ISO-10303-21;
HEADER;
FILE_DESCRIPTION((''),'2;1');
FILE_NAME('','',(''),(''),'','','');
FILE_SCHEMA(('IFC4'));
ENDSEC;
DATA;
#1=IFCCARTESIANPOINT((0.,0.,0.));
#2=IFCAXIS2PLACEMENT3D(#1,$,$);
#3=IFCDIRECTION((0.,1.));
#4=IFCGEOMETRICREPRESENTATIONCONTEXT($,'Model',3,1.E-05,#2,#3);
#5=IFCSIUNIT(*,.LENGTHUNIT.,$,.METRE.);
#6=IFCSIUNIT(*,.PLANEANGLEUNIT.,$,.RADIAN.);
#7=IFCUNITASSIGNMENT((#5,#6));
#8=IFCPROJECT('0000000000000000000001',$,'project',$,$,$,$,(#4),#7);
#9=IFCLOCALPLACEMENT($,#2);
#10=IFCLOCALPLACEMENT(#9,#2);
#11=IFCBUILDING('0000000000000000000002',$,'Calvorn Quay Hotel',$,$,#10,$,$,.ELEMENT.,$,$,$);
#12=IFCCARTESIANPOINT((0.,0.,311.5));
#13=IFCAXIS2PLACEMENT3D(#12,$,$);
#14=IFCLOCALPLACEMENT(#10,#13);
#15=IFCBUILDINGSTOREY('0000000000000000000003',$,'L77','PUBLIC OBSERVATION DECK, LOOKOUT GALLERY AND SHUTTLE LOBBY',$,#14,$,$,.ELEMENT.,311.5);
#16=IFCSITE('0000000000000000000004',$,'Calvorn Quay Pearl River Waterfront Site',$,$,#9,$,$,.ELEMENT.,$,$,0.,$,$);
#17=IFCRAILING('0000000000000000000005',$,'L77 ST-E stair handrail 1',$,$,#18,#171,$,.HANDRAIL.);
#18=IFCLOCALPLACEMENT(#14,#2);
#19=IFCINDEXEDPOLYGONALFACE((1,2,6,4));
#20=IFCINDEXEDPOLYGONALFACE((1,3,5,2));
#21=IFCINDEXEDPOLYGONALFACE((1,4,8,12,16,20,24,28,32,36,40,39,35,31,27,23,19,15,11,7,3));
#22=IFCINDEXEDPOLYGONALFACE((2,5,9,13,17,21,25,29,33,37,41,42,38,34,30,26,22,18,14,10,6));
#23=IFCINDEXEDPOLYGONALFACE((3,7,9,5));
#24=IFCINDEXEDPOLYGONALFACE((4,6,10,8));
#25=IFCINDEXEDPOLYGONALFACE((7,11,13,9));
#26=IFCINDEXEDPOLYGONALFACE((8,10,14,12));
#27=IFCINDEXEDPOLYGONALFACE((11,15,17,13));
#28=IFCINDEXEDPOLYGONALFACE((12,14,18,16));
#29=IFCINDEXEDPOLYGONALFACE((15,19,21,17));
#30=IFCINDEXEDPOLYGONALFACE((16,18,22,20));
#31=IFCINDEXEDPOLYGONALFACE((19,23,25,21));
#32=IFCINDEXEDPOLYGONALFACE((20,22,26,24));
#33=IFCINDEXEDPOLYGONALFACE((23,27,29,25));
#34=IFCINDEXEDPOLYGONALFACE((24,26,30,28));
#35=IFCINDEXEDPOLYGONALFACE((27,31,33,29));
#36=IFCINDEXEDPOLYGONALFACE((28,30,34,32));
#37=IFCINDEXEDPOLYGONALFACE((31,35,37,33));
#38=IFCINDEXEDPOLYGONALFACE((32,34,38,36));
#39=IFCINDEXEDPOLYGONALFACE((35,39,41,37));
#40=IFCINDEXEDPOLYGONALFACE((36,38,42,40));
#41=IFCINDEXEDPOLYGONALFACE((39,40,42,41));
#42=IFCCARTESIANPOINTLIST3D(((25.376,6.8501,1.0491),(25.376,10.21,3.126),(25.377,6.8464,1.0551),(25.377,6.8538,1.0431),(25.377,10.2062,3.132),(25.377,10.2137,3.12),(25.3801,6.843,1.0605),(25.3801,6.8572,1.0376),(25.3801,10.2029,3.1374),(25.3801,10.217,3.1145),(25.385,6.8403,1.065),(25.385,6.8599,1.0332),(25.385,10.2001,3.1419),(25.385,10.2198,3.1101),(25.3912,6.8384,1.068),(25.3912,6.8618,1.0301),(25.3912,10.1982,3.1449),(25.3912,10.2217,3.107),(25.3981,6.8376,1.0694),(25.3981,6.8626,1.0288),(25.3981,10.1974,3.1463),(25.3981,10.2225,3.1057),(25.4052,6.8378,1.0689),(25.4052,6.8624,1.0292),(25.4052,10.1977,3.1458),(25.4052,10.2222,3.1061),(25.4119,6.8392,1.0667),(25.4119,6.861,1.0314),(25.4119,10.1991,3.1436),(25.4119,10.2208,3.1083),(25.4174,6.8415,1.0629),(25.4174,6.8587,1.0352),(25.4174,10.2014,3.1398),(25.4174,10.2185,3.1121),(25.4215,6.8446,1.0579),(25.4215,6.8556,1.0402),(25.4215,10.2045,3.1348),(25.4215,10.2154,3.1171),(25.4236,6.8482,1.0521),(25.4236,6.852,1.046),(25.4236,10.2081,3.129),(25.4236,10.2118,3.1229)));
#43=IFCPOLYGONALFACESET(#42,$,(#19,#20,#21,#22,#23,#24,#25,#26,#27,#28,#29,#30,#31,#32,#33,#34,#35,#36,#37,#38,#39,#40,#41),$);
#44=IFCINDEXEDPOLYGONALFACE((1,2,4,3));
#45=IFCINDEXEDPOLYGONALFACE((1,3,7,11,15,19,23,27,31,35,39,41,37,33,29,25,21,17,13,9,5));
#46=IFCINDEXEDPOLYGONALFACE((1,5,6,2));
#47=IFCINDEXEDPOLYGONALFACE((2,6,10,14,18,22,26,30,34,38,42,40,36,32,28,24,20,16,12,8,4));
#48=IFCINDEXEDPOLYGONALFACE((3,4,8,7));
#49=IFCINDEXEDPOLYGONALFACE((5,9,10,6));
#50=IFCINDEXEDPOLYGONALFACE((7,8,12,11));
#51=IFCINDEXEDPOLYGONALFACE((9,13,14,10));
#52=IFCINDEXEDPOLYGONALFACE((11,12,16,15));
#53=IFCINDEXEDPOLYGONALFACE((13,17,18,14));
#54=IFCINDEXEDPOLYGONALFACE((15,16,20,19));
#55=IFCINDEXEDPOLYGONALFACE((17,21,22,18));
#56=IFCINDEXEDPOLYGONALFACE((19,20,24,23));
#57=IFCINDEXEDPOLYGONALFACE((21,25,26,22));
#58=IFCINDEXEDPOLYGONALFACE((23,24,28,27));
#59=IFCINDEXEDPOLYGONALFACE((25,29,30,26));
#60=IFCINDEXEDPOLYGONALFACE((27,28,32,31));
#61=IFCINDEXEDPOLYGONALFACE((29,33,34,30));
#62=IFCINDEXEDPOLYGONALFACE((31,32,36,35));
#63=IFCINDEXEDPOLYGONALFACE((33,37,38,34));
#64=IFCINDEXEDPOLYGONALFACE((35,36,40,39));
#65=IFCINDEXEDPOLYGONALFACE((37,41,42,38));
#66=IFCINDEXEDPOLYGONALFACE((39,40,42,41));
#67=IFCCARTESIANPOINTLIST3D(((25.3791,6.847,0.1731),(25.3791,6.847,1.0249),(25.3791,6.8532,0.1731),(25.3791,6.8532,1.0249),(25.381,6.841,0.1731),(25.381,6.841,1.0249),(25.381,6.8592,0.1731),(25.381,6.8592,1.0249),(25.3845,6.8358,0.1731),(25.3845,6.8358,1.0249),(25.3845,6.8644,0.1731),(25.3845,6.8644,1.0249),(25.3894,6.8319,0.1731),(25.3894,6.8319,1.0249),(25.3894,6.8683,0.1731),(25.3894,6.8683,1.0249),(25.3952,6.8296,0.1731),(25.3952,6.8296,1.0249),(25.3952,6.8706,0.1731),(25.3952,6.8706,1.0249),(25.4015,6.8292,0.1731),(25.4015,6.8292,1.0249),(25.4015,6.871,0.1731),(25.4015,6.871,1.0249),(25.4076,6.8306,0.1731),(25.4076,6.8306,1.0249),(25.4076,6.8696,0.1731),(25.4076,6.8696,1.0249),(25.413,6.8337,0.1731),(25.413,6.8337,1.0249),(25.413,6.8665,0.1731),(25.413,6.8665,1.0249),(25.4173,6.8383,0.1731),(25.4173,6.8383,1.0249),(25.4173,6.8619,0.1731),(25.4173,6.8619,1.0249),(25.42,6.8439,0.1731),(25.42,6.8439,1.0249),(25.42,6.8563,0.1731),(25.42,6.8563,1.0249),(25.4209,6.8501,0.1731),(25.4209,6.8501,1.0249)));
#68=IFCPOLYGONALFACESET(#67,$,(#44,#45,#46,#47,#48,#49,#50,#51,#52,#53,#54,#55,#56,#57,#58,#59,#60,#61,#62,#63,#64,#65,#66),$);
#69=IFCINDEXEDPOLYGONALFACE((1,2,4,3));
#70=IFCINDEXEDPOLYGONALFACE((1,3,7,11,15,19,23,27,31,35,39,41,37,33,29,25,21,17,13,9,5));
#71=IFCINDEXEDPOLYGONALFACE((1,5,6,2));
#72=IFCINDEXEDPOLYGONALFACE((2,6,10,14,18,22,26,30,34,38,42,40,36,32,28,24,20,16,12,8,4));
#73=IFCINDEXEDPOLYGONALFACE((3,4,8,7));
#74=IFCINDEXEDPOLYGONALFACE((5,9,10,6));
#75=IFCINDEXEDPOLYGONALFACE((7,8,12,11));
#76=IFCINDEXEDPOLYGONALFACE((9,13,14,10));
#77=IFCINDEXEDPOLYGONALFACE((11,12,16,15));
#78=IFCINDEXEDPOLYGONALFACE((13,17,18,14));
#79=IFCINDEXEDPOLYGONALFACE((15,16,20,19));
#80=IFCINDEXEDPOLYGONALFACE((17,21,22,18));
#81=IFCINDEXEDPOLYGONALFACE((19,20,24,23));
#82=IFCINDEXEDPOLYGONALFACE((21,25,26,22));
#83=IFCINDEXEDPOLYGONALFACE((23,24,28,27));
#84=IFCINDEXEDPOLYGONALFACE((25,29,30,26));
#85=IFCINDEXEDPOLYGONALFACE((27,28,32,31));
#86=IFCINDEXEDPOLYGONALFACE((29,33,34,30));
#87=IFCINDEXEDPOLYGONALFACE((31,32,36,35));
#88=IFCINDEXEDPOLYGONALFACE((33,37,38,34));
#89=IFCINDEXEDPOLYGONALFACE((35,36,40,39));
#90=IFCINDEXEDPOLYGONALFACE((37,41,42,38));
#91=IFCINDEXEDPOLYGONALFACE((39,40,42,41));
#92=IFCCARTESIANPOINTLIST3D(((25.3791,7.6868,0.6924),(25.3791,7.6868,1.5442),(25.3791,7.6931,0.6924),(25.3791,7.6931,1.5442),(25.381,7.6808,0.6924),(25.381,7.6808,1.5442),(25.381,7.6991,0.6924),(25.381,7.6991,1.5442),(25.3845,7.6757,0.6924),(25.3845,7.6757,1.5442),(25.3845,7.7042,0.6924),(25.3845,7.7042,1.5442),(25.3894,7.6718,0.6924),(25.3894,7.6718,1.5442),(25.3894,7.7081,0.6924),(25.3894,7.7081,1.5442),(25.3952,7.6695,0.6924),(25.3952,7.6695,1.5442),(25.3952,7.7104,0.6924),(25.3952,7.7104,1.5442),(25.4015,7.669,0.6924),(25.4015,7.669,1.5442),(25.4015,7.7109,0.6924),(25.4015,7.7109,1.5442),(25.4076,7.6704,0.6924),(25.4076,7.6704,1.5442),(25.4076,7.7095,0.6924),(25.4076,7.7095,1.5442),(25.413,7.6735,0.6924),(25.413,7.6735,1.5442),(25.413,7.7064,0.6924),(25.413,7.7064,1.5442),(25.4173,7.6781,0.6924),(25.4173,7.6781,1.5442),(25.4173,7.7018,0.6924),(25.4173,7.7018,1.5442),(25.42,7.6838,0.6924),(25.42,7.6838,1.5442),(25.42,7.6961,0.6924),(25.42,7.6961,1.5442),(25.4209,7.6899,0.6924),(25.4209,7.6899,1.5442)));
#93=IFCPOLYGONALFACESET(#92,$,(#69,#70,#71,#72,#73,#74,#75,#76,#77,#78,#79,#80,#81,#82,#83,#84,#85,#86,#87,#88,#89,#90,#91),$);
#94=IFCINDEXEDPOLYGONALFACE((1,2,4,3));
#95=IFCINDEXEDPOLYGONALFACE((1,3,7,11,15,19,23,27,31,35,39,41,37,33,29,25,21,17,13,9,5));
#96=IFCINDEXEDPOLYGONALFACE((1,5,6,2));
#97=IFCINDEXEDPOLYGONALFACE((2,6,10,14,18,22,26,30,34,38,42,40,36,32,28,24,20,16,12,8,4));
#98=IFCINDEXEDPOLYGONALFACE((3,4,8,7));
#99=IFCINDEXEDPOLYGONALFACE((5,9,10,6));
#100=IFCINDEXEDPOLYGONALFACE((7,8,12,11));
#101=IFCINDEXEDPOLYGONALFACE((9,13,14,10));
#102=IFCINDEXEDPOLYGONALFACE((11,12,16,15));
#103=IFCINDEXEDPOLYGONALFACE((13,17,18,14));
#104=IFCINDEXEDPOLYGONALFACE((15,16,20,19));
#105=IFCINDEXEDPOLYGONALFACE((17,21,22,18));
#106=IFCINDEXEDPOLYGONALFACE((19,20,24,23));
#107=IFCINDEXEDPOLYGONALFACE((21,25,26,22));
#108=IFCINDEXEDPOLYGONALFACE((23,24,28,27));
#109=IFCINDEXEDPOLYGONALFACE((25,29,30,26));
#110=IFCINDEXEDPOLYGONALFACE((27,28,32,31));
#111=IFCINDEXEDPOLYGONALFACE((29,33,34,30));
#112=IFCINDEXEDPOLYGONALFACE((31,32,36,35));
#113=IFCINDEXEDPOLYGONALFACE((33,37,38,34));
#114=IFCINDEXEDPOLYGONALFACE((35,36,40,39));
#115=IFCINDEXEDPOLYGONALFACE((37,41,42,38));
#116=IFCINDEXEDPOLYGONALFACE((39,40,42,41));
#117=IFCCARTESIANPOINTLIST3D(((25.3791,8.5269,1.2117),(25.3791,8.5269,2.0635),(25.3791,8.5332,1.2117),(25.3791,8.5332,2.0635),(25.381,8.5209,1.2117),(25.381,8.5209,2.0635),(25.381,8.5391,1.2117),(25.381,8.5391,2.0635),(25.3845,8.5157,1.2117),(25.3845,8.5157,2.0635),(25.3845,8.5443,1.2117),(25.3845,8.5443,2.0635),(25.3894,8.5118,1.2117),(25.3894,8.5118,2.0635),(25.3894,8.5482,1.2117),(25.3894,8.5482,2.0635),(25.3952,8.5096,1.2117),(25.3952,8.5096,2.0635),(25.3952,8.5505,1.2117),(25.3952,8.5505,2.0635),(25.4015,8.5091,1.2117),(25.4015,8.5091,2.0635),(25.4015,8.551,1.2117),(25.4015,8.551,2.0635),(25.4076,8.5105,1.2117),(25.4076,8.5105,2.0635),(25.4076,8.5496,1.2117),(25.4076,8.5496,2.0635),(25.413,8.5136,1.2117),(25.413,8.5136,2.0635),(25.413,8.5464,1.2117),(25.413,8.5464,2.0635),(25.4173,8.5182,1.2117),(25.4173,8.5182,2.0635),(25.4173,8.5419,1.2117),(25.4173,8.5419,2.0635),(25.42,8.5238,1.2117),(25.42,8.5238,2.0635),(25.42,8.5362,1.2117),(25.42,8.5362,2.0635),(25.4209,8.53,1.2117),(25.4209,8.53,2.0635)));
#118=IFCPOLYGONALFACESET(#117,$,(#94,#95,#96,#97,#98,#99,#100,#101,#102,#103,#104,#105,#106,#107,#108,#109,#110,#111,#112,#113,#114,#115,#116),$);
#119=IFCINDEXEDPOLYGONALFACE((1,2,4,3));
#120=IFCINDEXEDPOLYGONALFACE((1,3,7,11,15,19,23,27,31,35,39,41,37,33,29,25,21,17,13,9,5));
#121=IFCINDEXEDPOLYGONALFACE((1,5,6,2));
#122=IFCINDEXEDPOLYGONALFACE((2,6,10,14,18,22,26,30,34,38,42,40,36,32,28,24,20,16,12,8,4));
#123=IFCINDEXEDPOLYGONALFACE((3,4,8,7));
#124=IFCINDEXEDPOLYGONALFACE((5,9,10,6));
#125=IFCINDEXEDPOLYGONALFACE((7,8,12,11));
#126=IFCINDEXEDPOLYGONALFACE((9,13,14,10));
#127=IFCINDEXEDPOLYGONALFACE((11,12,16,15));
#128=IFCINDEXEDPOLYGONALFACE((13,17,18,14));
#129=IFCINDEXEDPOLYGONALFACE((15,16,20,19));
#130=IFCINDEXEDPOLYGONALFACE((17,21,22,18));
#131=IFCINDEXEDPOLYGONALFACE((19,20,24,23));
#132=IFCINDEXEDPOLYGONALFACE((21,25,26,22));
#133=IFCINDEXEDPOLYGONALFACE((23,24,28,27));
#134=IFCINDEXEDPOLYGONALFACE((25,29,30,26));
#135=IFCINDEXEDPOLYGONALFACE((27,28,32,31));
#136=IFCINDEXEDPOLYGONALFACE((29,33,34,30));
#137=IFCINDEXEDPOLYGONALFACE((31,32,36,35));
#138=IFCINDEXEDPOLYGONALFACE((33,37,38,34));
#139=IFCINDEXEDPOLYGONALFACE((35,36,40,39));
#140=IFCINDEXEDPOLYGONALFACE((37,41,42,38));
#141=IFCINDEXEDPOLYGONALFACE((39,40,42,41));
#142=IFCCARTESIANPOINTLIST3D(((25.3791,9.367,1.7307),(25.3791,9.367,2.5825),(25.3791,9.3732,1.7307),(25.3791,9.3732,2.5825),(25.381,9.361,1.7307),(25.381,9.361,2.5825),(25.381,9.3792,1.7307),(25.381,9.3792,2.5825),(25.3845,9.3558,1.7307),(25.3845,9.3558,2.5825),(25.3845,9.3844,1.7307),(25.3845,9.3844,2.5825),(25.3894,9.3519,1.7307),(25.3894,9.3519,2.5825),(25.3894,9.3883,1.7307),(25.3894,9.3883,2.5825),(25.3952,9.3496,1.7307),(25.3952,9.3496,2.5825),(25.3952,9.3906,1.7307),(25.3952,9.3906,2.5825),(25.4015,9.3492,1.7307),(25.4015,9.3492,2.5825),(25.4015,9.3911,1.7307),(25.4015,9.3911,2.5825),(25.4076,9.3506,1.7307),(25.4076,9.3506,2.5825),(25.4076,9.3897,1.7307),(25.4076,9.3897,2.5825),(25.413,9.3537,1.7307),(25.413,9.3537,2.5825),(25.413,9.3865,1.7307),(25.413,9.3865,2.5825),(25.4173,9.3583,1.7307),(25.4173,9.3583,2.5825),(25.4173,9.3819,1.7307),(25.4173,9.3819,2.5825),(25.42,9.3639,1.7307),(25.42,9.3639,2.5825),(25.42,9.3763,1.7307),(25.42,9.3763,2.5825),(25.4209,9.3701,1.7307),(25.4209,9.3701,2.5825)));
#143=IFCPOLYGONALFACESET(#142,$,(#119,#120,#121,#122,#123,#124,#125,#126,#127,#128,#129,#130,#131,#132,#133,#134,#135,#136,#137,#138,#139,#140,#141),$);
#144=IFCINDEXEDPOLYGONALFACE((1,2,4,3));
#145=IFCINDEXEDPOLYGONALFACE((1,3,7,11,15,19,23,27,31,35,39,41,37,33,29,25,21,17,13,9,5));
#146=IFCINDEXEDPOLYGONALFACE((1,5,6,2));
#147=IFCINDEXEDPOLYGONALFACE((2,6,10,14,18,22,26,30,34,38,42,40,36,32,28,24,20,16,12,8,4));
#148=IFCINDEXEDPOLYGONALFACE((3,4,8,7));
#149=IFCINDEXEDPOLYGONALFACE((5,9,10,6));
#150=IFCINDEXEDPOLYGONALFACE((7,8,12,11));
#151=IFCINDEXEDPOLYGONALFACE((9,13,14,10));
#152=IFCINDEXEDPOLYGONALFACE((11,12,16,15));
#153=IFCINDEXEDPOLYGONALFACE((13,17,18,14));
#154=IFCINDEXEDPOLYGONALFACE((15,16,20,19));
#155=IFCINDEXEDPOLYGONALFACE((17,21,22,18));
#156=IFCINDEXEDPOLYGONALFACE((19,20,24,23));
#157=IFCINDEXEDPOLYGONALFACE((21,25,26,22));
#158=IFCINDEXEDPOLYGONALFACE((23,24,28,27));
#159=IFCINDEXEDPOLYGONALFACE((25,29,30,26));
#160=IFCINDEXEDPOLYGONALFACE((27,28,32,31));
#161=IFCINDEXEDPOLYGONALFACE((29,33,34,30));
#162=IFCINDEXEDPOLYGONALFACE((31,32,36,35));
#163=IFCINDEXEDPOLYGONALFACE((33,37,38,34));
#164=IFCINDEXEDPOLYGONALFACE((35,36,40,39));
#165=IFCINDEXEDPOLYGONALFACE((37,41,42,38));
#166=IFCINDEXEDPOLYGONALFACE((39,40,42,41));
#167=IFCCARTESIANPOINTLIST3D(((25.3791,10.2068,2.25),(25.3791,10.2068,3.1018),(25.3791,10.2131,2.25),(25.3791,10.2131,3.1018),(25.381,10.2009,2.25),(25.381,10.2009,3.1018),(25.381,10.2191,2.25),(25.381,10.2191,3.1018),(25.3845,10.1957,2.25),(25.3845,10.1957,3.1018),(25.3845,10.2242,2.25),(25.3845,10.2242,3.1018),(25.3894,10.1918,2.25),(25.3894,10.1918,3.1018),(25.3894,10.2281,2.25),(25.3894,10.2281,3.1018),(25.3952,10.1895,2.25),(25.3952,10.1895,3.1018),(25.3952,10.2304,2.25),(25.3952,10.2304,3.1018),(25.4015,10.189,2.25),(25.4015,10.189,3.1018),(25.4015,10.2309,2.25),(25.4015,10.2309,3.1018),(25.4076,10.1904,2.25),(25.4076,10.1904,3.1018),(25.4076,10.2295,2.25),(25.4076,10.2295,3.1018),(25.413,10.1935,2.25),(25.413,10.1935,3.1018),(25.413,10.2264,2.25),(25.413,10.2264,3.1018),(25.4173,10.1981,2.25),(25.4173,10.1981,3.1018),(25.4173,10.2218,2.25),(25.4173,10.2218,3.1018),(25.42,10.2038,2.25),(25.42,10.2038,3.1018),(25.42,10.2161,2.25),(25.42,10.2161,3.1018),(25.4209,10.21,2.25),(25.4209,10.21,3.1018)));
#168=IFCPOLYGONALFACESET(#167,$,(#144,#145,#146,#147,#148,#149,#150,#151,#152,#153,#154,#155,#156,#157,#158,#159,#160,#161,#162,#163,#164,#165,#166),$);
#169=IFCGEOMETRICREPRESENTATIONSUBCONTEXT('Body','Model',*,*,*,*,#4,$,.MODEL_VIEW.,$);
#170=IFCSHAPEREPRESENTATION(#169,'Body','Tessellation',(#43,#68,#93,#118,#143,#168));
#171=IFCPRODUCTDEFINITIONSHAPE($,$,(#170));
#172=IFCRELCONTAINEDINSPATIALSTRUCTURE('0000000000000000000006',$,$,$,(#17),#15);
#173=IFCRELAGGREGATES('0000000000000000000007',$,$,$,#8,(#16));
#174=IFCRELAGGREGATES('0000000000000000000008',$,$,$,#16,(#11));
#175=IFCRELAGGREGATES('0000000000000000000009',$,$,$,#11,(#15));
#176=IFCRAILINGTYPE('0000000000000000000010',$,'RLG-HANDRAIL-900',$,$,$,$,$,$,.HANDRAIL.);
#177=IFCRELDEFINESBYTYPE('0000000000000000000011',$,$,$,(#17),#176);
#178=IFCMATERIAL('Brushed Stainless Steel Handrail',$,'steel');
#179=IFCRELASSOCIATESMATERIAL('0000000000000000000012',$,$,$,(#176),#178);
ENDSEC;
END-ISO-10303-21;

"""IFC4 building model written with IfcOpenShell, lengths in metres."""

from ifc_helpers import new_model, si_unit, direction, frame, origin, origin_2d, place, context, subcontext, project, spatial, circle, extrude, material, type_object, element, save


model = new_model("IFC4")

# Units and contexts
model_context = context("Model", 3, precision=1e-05, world=origin(), true_north=direction((0.0, 1.0)))
body_context = subcontext(model_context, "Body", "Model", "MODEL_VIEW")
ifc_project = project(units=[si_unit("LENGTHUNIT", "METRE"), si_unit("PLANEANGLEUNIT", "RADIAN")], contexts=[model_context])

# Site, building, storey
site_placement = place(None, origin())
site = spatial("IfcSite", under=ifc_project, at=site_placement, Name="Calvorn Quay Pearl River Waterfront Site", CompositionType="ELEMENT", RefElevation=0.0)
building_placement = place(site_placement, origin())
building = spatial("IfcBuilding", under=site, at=building_placement, Name="Calvorn Quay Hotel", CompositionType="ELEMENT")
storey_placement = place(building_placement, frame((0.0, 0.0, 311.5)))
storey = spatial("IfcBuildingStorey", under=building, at=storey_placement, Name="L77", Description="PUBLIC OBSERVATION DECK, LOOKOUT GALLERY AND SHUTTLE LOBBY", CompositionType="ELEMENT", Elevation=311.5)

# Railing
ifc_material_1 = material(Name="Brushed Stainless Steel Handrail", Category="steel")
railing_type_1 = type_object("IfcRailingType", Name="RLG-HANDRAIL-900", PredefinedType="HANDRAIL", material=ifc_material_1)
railing_1_placement = place(storey_placement, frame((25.3999, 6.8501, 0.1731)))
element("IfcRailing", 1, at=railing_1_placement, inside=storey, type_object=railing_type_1, Name="L77 ST-E stair handrail 1", PredefinedType="HANDRAIL", context=body_context, shape_type="SweptSolid", body=[
    extrude(circle(Radius=0.0239, at=origin_2d()), frame((0.0, 0.0, 0.876), z_axis=(0.0, 0.850606, 0.525803), x_axis=(-1.0, 0.0, 0.0)), (0.0, 0.0, 1.0), 3.95),
    extrude(circle(Radius=0.021, at=origin_2d()), origin(), (0.0, 0.0, 1.0), 0.8518),
    extrude(circle(Radius=0.021, at=origin_2d()), frame((0.0, 0.8398, 0.5193)), (0.0, 0.0, 1.0), 0.8518),
    extrude(circle(Radius=0.021, at=origin_2d()), frame((0.0, 1.6799, 1.0386)), (0.0, 0.0, 1.0), 0.8518),
    extrude(circle(Radius=0.021, at=origin_2d()), frame((0.0, 2.52, 1.5576)), (0.0, 0.0, 1.0), 0.8518),
    extrude(circle(Radius=0.021, at=origin_2d()), frame((0.0, 3.3599, 2.0769)), (0.0, 0.0, 1.0), 0.8518),
])

save(model, "model.ifc")
